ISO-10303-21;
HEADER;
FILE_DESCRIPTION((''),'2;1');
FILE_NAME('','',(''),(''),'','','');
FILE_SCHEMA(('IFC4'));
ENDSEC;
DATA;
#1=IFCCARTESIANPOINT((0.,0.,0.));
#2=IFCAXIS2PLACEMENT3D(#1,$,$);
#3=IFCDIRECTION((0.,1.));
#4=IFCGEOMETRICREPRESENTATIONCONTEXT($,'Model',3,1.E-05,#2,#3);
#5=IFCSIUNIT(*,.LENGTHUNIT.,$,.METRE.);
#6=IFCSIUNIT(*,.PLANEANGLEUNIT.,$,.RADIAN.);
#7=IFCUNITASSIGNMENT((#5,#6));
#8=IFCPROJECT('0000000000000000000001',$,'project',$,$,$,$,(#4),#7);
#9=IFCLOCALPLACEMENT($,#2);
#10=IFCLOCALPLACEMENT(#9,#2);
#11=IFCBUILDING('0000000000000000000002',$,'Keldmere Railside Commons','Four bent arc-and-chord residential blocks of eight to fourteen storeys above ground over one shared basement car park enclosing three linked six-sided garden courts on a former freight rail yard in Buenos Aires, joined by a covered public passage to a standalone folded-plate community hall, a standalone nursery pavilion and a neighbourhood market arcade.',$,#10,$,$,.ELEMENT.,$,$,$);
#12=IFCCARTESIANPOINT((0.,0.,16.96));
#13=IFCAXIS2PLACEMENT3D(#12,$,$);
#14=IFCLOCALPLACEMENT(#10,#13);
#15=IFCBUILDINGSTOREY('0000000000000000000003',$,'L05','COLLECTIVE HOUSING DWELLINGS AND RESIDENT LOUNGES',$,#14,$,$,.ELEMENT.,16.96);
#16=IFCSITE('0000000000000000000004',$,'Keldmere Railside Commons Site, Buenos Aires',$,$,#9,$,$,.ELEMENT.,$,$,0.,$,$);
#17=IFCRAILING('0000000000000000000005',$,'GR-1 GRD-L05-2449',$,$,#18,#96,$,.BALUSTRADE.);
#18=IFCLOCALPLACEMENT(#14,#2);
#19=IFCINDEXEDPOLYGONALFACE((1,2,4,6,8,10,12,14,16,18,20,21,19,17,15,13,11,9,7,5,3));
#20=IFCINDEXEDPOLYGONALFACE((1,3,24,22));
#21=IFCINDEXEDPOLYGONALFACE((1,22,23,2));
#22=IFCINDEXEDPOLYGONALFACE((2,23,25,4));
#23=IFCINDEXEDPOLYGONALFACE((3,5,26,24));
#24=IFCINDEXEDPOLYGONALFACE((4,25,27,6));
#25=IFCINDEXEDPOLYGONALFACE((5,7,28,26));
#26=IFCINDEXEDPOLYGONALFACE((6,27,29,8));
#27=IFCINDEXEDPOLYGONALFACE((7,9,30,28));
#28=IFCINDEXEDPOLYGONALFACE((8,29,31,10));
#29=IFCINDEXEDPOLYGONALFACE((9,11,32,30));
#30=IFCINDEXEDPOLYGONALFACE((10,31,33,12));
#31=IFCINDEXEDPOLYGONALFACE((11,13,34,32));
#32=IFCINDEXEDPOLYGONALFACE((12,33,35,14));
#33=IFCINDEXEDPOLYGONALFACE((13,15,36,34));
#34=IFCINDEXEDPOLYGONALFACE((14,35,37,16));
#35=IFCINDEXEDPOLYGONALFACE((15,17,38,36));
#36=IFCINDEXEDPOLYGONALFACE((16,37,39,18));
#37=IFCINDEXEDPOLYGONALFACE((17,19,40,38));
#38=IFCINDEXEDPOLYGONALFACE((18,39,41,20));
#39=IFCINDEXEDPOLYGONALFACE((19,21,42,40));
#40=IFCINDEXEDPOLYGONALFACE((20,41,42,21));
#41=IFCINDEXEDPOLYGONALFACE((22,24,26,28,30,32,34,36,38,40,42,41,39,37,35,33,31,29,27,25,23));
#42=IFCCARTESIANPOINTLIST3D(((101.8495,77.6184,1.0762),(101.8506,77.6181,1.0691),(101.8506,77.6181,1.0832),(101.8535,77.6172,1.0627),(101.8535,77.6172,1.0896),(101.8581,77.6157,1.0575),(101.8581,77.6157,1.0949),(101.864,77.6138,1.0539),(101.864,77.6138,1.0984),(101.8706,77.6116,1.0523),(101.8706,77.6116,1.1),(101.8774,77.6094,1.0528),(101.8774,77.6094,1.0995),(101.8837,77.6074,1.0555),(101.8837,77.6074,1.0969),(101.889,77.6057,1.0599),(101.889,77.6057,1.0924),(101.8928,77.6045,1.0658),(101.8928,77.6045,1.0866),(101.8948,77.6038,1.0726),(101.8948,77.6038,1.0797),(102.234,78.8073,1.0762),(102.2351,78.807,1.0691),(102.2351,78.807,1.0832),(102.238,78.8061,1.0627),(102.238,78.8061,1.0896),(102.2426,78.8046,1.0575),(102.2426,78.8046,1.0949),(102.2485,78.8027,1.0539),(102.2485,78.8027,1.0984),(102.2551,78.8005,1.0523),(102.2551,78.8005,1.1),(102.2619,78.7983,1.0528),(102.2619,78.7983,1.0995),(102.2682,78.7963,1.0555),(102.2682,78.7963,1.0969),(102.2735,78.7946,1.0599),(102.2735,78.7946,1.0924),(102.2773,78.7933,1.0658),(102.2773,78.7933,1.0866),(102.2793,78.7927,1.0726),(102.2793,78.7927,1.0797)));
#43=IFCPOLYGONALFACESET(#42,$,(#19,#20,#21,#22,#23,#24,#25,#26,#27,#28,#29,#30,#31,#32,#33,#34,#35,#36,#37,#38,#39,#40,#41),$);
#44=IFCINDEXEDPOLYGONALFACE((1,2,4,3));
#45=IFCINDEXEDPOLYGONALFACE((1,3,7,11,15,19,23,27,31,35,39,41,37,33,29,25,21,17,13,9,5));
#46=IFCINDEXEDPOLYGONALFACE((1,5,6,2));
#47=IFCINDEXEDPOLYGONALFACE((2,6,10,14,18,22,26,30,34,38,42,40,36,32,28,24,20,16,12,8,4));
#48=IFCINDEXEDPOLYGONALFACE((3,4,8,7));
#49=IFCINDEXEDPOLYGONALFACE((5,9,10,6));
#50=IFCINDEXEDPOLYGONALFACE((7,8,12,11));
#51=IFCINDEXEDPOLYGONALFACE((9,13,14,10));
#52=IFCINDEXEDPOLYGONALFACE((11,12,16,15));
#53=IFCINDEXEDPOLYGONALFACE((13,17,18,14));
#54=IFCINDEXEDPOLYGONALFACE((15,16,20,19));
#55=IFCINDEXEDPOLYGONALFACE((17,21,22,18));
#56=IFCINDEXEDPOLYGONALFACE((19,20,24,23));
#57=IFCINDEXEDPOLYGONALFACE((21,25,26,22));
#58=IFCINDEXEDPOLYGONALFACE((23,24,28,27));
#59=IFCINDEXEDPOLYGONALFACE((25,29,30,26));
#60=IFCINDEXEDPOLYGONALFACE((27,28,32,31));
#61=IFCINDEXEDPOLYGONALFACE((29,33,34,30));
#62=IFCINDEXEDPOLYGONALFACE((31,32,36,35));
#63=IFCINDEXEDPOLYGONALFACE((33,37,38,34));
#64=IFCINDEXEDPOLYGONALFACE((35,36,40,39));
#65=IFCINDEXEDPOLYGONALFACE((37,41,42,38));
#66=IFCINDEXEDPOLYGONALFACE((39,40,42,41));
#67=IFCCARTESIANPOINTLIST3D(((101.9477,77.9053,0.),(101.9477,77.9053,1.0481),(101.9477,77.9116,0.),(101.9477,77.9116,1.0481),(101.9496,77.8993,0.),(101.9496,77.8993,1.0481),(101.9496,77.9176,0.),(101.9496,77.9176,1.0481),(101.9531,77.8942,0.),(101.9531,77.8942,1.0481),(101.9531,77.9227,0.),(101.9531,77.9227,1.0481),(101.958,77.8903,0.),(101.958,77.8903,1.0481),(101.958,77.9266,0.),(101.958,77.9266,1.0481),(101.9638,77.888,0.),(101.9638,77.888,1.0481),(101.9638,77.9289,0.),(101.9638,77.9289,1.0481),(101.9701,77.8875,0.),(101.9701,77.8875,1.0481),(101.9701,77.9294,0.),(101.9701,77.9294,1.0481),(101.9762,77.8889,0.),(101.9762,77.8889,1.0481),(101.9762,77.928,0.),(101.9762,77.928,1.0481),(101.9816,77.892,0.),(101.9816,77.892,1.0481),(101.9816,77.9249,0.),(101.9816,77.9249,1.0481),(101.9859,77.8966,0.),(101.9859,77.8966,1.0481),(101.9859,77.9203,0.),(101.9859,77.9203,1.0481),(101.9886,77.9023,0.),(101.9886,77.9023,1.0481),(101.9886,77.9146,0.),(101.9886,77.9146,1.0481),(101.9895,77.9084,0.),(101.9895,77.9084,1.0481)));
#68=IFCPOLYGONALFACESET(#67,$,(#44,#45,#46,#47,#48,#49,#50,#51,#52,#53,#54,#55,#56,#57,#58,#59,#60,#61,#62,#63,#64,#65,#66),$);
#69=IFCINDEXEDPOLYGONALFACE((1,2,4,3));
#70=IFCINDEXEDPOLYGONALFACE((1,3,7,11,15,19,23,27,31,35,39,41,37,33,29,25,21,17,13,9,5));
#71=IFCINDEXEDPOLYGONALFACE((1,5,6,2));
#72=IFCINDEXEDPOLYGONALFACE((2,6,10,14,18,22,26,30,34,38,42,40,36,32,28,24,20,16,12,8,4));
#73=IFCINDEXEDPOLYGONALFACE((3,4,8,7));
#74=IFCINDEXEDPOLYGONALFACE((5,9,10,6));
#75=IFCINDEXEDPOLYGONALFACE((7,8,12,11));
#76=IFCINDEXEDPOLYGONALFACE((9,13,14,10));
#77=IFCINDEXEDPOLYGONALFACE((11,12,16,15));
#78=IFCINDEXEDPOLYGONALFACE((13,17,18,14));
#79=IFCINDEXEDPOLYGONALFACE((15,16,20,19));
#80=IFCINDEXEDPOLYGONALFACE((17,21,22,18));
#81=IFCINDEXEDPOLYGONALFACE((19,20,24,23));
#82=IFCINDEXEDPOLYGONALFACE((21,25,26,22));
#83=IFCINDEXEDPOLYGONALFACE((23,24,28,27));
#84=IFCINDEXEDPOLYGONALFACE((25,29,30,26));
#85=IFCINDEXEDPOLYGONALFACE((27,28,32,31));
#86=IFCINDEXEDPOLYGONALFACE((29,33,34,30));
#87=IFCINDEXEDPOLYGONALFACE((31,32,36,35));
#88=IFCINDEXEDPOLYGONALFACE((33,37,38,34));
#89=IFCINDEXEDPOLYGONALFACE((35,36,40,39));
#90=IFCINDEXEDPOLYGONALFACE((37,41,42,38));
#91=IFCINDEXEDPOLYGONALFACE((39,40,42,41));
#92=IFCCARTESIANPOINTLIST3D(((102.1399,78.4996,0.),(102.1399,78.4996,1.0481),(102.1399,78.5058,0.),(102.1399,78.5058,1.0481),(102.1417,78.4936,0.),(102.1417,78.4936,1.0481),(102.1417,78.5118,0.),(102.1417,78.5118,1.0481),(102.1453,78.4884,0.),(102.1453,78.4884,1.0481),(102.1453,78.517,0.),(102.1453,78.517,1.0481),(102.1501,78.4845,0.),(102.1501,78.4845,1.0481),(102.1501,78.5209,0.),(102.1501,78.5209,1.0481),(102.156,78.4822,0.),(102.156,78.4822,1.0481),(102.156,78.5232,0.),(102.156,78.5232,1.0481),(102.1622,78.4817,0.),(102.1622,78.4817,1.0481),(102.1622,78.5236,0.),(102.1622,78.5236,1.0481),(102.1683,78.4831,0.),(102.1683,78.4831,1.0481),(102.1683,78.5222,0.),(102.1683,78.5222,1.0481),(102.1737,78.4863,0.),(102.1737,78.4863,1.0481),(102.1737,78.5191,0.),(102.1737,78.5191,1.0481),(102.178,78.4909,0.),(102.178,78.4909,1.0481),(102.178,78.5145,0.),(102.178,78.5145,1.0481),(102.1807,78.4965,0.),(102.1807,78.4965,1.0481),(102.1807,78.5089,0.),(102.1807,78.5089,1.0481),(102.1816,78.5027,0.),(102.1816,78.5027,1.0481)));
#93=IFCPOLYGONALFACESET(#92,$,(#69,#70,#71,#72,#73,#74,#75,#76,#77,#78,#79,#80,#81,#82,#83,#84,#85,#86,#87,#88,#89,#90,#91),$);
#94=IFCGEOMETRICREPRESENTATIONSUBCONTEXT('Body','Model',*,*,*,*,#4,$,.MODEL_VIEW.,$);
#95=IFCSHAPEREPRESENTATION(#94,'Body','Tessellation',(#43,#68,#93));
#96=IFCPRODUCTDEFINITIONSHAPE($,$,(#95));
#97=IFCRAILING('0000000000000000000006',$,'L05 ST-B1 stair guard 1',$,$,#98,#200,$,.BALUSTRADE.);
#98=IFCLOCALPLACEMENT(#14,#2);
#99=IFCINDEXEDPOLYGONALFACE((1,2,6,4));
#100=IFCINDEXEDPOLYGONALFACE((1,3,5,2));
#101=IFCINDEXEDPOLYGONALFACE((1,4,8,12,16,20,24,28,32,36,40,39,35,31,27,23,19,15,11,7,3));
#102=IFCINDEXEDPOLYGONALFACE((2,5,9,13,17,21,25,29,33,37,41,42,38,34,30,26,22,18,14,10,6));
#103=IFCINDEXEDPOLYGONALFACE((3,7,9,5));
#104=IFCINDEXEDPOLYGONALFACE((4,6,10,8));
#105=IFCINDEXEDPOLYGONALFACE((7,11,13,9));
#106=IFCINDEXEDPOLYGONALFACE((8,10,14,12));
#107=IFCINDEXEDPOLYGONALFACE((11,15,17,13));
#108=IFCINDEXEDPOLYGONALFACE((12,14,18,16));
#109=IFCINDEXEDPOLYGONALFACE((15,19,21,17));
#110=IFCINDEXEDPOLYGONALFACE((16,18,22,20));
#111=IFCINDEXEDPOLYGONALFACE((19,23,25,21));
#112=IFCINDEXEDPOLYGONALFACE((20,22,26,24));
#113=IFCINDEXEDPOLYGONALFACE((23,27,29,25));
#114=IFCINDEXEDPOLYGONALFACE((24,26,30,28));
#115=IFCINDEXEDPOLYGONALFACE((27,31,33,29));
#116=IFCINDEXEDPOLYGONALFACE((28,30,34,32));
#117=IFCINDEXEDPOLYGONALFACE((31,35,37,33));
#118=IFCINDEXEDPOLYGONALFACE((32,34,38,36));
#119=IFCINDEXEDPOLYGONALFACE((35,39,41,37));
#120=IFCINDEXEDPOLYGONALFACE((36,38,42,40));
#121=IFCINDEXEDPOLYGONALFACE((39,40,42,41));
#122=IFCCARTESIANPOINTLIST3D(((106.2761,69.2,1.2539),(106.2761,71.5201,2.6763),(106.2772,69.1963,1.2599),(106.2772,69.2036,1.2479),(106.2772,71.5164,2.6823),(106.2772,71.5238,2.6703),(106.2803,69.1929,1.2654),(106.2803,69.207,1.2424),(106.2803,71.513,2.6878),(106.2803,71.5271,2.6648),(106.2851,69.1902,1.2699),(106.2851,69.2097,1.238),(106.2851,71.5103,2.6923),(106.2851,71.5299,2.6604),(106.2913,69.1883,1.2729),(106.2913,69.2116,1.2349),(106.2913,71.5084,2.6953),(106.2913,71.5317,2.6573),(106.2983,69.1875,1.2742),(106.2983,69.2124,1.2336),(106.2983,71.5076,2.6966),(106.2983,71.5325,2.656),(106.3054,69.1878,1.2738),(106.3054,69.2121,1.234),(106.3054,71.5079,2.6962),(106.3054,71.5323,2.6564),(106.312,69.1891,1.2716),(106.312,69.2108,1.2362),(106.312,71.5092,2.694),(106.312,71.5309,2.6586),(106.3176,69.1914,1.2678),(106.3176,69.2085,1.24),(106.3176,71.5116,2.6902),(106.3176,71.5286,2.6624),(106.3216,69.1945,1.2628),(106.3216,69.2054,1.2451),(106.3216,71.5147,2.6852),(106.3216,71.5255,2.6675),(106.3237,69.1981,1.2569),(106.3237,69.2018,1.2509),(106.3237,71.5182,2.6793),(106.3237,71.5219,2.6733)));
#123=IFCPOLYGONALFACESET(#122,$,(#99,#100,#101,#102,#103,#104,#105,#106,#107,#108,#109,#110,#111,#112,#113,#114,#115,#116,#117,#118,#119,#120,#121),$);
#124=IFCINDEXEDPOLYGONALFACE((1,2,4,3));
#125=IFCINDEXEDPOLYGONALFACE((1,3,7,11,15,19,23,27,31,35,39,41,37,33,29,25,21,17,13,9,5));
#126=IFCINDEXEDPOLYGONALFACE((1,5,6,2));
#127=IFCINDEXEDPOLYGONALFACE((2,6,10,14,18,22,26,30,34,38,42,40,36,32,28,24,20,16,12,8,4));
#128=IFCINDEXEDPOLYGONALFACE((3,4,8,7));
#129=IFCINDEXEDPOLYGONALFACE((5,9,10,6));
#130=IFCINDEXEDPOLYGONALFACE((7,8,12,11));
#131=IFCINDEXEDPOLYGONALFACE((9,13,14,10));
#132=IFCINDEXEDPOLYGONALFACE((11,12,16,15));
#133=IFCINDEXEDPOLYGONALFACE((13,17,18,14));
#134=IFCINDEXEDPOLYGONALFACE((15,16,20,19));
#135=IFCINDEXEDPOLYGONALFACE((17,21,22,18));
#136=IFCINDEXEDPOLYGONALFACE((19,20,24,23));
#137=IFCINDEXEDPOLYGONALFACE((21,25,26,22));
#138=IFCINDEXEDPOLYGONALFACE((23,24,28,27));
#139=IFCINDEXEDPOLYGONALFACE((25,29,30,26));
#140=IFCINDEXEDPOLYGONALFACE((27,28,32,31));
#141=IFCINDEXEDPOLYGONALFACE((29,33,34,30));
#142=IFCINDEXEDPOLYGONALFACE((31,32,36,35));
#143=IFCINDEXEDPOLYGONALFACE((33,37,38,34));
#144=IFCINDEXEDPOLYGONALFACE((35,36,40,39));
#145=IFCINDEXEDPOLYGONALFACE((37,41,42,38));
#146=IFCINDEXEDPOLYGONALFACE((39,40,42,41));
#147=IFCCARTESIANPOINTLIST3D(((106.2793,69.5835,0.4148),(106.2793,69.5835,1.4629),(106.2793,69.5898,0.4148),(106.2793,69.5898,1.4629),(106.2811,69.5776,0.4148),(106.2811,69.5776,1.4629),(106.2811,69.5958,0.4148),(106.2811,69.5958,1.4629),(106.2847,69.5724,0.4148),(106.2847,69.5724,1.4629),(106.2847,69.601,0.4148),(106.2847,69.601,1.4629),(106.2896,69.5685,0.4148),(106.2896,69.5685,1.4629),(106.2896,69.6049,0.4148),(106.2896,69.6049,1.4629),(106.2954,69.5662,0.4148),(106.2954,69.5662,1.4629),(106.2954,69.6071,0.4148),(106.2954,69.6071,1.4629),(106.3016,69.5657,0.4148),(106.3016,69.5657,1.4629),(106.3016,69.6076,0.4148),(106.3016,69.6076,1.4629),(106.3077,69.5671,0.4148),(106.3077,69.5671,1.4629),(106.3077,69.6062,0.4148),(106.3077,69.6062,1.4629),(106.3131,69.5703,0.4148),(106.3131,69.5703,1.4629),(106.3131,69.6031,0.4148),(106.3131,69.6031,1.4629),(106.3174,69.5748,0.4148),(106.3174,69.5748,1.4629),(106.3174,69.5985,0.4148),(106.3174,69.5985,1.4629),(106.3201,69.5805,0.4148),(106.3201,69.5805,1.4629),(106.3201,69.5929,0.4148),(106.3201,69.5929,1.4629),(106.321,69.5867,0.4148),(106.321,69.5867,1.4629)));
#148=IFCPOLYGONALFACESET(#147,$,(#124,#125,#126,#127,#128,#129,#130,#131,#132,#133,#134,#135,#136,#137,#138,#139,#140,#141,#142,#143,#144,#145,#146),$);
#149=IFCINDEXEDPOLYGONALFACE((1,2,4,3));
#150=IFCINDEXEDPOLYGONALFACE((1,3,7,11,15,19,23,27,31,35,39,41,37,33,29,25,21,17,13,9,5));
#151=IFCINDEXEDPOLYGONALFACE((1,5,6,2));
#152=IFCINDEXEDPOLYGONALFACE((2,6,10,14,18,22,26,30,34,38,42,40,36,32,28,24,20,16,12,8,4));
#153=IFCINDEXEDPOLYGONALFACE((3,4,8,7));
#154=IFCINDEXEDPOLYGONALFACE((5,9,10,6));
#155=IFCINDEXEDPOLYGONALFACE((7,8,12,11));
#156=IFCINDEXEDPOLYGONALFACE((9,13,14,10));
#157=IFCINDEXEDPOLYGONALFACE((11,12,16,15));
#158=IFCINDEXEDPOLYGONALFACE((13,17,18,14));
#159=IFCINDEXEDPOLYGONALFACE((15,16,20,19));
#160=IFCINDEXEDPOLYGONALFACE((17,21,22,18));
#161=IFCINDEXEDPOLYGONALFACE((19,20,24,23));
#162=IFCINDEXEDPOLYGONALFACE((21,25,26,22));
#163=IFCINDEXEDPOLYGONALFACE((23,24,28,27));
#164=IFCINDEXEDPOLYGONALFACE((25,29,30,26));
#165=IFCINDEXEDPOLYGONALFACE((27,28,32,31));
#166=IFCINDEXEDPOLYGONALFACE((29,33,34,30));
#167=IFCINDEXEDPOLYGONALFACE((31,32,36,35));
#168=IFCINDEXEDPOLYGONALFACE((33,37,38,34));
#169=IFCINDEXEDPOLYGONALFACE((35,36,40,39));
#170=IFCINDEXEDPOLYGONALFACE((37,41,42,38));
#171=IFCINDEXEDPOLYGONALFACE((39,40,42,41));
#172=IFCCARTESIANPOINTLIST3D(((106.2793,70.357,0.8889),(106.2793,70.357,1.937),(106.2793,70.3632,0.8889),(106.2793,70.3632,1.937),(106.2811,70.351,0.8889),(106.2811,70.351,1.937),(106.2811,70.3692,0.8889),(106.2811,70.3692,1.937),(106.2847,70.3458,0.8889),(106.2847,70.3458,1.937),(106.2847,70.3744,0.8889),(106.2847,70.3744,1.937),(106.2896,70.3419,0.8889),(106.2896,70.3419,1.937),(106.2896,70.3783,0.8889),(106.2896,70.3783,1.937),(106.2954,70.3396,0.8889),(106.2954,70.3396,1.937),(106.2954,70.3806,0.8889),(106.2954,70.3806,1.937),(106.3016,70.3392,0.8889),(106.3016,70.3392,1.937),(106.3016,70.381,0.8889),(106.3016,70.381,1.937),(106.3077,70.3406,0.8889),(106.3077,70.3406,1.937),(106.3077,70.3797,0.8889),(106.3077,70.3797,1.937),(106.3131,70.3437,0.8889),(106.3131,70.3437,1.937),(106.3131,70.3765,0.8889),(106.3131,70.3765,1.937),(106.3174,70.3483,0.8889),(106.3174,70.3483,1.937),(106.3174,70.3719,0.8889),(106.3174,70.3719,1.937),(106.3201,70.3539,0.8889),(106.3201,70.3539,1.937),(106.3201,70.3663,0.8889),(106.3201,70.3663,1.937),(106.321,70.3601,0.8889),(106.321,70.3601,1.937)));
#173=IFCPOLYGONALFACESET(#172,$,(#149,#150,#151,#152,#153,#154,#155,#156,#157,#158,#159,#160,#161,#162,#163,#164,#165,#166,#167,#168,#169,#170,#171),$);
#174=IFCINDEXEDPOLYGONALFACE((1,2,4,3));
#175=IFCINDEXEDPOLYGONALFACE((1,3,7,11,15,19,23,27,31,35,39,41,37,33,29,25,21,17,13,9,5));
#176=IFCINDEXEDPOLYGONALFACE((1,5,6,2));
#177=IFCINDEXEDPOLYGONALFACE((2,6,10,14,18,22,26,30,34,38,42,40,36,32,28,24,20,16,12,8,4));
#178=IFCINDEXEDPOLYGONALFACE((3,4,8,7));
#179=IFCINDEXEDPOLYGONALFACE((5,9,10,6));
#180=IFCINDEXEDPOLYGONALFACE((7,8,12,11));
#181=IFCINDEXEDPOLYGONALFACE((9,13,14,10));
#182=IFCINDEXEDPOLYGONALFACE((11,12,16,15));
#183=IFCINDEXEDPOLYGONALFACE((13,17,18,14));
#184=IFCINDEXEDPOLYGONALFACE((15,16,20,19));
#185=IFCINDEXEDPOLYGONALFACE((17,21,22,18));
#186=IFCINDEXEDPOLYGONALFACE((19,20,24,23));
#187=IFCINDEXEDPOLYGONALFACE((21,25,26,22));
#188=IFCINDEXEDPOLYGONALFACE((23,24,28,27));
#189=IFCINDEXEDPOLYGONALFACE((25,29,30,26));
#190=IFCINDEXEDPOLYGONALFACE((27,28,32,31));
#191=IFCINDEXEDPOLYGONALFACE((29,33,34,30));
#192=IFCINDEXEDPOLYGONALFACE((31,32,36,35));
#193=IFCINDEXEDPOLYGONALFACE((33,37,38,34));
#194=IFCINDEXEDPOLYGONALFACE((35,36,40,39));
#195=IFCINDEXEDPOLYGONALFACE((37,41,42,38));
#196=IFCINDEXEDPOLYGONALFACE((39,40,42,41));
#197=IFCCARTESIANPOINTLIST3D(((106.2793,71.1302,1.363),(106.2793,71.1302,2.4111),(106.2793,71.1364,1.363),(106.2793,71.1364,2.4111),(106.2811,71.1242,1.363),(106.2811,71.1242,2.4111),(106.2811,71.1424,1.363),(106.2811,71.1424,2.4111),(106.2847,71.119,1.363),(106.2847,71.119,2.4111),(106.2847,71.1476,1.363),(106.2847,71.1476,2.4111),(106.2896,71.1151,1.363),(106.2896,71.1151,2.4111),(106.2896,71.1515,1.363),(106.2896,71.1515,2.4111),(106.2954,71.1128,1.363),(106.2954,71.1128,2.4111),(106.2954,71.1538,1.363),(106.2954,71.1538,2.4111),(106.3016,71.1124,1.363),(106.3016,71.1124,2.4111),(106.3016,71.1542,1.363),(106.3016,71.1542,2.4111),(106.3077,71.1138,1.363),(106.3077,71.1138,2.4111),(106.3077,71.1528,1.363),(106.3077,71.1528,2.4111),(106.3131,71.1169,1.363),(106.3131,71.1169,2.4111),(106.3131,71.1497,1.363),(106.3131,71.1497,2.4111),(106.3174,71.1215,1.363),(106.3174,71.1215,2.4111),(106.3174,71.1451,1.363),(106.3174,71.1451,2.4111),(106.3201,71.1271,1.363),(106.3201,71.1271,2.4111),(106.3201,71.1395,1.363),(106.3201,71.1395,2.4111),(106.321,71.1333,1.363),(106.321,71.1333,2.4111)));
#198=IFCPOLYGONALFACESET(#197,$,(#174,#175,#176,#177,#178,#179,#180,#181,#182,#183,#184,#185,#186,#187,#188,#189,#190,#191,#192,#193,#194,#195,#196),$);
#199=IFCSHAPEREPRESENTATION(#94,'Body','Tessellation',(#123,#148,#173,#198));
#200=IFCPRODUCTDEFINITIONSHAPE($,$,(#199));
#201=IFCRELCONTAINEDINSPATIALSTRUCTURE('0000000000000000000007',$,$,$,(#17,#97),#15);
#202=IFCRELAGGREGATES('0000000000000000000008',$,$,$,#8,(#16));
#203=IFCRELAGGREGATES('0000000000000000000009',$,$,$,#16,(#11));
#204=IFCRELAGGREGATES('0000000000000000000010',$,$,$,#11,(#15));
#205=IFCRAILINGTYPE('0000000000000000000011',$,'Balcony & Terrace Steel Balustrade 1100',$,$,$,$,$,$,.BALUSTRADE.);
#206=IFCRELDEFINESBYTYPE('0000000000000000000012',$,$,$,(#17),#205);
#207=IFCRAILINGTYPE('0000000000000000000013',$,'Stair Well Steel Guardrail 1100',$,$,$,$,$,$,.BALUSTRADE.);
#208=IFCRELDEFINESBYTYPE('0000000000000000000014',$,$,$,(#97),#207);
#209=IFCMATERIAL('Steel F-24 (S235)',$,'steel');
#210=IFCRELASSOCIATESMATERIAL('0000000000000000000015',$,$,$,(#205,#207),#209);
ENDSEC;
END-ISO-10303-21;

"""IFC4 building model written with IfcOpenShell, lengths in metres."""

from ifc_helpers import new_model, si_unit, direction, frame, origin, origin_2d, place, context, subcontext, project, spatial, circle, extrude, material, type_object, element, save


model = new_model("IFC4")

# Units and contexts
model_context = context("Model", 3, precision=1e-05, world=origin(), true_north=direction((0.0, 1.0)))
body_context = subcontext(model_context, "Body", "Model", "MODEL_VIEW")
ifc_project = project(units=[si_unit("LENGTHUNIT", "METRE"), si_unit("PLANEANGLEUNIT", "RADIAN")], contexts=[model_context])

# Site, building, storey
site_placement = place(None, origin())
site = spatial("IfcSite", under=ifc_project, at=site_placement, Name="Keldmere Railside Commons Site, Buenos Aires", CompositionType="ELEMENT", RefElevation=0.0)
building_placement = place(site_placement, origin())
building = spatial("IfcBuilding", under=site, at=building_placement, Name="Keldmere Railside Commons", Description="Four bent arc-and-chord residential blocks of eight to fourteen storeys above ground over one shared basement car park enclosing three linked six-sided garden courts on a former freight rail yard in Buenos Aires, joined by a covered public passage to a standalone folded-plate community hall, a standalone nursery pavilion and a neighbourhood market arcade.", CompositionType="ELEMENT")
storey_placement = place(building_placement, frame((0.0, 0.0, 16.96)))
storey = spatial("IfcBuildingStorey", under=building, at=storey_placement, Name="L05", Description="COLLECTIVE HOUSING DWELLINGS AND RESIDENT LOUNGES", CompositionType="ELEMENT", Elevation=16.96)

# Shared definitions
ifc_material_1 = material(Name="Steel F-24 (S235)", Category="steel")

# Railings
railing_type_1 = type_object("IfcRailingType", Name="Balcony & Terrace Steel Balustrade 1100", PredefinedType="BALUSTRADE", material=ifc_material_1)
railing_1_placement = place(storey_placement, frame((101.8723, 77.6111, 0.0)))
element("IfcRailing", 1, at=railing_1_placement, inside=storey, type_object=railing_type_1, Name="GR-1 GRD-L05-2449", PredefinedType="BALUSTRADE", context=body_context, shape_type="SweptSolid", body=[
    extrude(circle(Radius=0.0239, at=origin_2d()), frame((0.0, 0.0, 1.0762), z_axis=(0.307716, 0.951478, 0.0), x_axis=(-0.951478, 0.307716, 0.0)), (0.0, 0.0, 1.0), 1.2495),
    extrude(circle(Radius=0.021, at=origin_2d()), frame((0.0962, 0.2974, 0.0)), (0.0, 0.0, 1.0), 1.0481),
    extrude(circle(Radius=0.021, at=origin_2d()), frame((0.2883, 0.8916, 0.0)), (0.0, 0.0, 1.0), 1.0481),
])
railing_type_2 = type_object("IfcRailingType", Name="Stair Well Steel Guardrail 1100", PredefinedType="BALUSTRADE", material=ifc_material_1)
railing_2_placement = place(storey_placement, frame((106.3, 69.2, 0.1777)))
element("IfcRailing", 2, at=railing_2_placement, inside=storey, type_object=railing_type_2, Name="L05 ST-B1 stair guard 1", PredefinedType="BALUSTRADE", context=body_context, shape_type="SweptSolid", body=[
    extrude(circle(Radius=0.0239, at=origin_2d()), frame((0.0, 0.0, 1.0762), z_axis=(0.0, 0.852538, 0.522665), x_axis=(-1.0, 0.0, 0.0)), (0.0, 0.0, 1.0), 2.7214),
    extrude(circle(Radius=0.021, at=origin_2d()), frame((0.0, 0.3867, 0.2371)), (0.0, 0.0, 1.0), 1.0481),
    extrude(circle(Radius=0.021, at=origin_2d()), frame((0.0, 1.1602, 0.7112)), (0.0, 0.0, 1.0), 1.0481),
    extrude(circle(Radius=0.021, at=origin_2d()), frame((0.0, 1.9333, 1.1853)), (0.0, 0.0, 1.0), 1.0481),
])

save(model, "model.ifc")
